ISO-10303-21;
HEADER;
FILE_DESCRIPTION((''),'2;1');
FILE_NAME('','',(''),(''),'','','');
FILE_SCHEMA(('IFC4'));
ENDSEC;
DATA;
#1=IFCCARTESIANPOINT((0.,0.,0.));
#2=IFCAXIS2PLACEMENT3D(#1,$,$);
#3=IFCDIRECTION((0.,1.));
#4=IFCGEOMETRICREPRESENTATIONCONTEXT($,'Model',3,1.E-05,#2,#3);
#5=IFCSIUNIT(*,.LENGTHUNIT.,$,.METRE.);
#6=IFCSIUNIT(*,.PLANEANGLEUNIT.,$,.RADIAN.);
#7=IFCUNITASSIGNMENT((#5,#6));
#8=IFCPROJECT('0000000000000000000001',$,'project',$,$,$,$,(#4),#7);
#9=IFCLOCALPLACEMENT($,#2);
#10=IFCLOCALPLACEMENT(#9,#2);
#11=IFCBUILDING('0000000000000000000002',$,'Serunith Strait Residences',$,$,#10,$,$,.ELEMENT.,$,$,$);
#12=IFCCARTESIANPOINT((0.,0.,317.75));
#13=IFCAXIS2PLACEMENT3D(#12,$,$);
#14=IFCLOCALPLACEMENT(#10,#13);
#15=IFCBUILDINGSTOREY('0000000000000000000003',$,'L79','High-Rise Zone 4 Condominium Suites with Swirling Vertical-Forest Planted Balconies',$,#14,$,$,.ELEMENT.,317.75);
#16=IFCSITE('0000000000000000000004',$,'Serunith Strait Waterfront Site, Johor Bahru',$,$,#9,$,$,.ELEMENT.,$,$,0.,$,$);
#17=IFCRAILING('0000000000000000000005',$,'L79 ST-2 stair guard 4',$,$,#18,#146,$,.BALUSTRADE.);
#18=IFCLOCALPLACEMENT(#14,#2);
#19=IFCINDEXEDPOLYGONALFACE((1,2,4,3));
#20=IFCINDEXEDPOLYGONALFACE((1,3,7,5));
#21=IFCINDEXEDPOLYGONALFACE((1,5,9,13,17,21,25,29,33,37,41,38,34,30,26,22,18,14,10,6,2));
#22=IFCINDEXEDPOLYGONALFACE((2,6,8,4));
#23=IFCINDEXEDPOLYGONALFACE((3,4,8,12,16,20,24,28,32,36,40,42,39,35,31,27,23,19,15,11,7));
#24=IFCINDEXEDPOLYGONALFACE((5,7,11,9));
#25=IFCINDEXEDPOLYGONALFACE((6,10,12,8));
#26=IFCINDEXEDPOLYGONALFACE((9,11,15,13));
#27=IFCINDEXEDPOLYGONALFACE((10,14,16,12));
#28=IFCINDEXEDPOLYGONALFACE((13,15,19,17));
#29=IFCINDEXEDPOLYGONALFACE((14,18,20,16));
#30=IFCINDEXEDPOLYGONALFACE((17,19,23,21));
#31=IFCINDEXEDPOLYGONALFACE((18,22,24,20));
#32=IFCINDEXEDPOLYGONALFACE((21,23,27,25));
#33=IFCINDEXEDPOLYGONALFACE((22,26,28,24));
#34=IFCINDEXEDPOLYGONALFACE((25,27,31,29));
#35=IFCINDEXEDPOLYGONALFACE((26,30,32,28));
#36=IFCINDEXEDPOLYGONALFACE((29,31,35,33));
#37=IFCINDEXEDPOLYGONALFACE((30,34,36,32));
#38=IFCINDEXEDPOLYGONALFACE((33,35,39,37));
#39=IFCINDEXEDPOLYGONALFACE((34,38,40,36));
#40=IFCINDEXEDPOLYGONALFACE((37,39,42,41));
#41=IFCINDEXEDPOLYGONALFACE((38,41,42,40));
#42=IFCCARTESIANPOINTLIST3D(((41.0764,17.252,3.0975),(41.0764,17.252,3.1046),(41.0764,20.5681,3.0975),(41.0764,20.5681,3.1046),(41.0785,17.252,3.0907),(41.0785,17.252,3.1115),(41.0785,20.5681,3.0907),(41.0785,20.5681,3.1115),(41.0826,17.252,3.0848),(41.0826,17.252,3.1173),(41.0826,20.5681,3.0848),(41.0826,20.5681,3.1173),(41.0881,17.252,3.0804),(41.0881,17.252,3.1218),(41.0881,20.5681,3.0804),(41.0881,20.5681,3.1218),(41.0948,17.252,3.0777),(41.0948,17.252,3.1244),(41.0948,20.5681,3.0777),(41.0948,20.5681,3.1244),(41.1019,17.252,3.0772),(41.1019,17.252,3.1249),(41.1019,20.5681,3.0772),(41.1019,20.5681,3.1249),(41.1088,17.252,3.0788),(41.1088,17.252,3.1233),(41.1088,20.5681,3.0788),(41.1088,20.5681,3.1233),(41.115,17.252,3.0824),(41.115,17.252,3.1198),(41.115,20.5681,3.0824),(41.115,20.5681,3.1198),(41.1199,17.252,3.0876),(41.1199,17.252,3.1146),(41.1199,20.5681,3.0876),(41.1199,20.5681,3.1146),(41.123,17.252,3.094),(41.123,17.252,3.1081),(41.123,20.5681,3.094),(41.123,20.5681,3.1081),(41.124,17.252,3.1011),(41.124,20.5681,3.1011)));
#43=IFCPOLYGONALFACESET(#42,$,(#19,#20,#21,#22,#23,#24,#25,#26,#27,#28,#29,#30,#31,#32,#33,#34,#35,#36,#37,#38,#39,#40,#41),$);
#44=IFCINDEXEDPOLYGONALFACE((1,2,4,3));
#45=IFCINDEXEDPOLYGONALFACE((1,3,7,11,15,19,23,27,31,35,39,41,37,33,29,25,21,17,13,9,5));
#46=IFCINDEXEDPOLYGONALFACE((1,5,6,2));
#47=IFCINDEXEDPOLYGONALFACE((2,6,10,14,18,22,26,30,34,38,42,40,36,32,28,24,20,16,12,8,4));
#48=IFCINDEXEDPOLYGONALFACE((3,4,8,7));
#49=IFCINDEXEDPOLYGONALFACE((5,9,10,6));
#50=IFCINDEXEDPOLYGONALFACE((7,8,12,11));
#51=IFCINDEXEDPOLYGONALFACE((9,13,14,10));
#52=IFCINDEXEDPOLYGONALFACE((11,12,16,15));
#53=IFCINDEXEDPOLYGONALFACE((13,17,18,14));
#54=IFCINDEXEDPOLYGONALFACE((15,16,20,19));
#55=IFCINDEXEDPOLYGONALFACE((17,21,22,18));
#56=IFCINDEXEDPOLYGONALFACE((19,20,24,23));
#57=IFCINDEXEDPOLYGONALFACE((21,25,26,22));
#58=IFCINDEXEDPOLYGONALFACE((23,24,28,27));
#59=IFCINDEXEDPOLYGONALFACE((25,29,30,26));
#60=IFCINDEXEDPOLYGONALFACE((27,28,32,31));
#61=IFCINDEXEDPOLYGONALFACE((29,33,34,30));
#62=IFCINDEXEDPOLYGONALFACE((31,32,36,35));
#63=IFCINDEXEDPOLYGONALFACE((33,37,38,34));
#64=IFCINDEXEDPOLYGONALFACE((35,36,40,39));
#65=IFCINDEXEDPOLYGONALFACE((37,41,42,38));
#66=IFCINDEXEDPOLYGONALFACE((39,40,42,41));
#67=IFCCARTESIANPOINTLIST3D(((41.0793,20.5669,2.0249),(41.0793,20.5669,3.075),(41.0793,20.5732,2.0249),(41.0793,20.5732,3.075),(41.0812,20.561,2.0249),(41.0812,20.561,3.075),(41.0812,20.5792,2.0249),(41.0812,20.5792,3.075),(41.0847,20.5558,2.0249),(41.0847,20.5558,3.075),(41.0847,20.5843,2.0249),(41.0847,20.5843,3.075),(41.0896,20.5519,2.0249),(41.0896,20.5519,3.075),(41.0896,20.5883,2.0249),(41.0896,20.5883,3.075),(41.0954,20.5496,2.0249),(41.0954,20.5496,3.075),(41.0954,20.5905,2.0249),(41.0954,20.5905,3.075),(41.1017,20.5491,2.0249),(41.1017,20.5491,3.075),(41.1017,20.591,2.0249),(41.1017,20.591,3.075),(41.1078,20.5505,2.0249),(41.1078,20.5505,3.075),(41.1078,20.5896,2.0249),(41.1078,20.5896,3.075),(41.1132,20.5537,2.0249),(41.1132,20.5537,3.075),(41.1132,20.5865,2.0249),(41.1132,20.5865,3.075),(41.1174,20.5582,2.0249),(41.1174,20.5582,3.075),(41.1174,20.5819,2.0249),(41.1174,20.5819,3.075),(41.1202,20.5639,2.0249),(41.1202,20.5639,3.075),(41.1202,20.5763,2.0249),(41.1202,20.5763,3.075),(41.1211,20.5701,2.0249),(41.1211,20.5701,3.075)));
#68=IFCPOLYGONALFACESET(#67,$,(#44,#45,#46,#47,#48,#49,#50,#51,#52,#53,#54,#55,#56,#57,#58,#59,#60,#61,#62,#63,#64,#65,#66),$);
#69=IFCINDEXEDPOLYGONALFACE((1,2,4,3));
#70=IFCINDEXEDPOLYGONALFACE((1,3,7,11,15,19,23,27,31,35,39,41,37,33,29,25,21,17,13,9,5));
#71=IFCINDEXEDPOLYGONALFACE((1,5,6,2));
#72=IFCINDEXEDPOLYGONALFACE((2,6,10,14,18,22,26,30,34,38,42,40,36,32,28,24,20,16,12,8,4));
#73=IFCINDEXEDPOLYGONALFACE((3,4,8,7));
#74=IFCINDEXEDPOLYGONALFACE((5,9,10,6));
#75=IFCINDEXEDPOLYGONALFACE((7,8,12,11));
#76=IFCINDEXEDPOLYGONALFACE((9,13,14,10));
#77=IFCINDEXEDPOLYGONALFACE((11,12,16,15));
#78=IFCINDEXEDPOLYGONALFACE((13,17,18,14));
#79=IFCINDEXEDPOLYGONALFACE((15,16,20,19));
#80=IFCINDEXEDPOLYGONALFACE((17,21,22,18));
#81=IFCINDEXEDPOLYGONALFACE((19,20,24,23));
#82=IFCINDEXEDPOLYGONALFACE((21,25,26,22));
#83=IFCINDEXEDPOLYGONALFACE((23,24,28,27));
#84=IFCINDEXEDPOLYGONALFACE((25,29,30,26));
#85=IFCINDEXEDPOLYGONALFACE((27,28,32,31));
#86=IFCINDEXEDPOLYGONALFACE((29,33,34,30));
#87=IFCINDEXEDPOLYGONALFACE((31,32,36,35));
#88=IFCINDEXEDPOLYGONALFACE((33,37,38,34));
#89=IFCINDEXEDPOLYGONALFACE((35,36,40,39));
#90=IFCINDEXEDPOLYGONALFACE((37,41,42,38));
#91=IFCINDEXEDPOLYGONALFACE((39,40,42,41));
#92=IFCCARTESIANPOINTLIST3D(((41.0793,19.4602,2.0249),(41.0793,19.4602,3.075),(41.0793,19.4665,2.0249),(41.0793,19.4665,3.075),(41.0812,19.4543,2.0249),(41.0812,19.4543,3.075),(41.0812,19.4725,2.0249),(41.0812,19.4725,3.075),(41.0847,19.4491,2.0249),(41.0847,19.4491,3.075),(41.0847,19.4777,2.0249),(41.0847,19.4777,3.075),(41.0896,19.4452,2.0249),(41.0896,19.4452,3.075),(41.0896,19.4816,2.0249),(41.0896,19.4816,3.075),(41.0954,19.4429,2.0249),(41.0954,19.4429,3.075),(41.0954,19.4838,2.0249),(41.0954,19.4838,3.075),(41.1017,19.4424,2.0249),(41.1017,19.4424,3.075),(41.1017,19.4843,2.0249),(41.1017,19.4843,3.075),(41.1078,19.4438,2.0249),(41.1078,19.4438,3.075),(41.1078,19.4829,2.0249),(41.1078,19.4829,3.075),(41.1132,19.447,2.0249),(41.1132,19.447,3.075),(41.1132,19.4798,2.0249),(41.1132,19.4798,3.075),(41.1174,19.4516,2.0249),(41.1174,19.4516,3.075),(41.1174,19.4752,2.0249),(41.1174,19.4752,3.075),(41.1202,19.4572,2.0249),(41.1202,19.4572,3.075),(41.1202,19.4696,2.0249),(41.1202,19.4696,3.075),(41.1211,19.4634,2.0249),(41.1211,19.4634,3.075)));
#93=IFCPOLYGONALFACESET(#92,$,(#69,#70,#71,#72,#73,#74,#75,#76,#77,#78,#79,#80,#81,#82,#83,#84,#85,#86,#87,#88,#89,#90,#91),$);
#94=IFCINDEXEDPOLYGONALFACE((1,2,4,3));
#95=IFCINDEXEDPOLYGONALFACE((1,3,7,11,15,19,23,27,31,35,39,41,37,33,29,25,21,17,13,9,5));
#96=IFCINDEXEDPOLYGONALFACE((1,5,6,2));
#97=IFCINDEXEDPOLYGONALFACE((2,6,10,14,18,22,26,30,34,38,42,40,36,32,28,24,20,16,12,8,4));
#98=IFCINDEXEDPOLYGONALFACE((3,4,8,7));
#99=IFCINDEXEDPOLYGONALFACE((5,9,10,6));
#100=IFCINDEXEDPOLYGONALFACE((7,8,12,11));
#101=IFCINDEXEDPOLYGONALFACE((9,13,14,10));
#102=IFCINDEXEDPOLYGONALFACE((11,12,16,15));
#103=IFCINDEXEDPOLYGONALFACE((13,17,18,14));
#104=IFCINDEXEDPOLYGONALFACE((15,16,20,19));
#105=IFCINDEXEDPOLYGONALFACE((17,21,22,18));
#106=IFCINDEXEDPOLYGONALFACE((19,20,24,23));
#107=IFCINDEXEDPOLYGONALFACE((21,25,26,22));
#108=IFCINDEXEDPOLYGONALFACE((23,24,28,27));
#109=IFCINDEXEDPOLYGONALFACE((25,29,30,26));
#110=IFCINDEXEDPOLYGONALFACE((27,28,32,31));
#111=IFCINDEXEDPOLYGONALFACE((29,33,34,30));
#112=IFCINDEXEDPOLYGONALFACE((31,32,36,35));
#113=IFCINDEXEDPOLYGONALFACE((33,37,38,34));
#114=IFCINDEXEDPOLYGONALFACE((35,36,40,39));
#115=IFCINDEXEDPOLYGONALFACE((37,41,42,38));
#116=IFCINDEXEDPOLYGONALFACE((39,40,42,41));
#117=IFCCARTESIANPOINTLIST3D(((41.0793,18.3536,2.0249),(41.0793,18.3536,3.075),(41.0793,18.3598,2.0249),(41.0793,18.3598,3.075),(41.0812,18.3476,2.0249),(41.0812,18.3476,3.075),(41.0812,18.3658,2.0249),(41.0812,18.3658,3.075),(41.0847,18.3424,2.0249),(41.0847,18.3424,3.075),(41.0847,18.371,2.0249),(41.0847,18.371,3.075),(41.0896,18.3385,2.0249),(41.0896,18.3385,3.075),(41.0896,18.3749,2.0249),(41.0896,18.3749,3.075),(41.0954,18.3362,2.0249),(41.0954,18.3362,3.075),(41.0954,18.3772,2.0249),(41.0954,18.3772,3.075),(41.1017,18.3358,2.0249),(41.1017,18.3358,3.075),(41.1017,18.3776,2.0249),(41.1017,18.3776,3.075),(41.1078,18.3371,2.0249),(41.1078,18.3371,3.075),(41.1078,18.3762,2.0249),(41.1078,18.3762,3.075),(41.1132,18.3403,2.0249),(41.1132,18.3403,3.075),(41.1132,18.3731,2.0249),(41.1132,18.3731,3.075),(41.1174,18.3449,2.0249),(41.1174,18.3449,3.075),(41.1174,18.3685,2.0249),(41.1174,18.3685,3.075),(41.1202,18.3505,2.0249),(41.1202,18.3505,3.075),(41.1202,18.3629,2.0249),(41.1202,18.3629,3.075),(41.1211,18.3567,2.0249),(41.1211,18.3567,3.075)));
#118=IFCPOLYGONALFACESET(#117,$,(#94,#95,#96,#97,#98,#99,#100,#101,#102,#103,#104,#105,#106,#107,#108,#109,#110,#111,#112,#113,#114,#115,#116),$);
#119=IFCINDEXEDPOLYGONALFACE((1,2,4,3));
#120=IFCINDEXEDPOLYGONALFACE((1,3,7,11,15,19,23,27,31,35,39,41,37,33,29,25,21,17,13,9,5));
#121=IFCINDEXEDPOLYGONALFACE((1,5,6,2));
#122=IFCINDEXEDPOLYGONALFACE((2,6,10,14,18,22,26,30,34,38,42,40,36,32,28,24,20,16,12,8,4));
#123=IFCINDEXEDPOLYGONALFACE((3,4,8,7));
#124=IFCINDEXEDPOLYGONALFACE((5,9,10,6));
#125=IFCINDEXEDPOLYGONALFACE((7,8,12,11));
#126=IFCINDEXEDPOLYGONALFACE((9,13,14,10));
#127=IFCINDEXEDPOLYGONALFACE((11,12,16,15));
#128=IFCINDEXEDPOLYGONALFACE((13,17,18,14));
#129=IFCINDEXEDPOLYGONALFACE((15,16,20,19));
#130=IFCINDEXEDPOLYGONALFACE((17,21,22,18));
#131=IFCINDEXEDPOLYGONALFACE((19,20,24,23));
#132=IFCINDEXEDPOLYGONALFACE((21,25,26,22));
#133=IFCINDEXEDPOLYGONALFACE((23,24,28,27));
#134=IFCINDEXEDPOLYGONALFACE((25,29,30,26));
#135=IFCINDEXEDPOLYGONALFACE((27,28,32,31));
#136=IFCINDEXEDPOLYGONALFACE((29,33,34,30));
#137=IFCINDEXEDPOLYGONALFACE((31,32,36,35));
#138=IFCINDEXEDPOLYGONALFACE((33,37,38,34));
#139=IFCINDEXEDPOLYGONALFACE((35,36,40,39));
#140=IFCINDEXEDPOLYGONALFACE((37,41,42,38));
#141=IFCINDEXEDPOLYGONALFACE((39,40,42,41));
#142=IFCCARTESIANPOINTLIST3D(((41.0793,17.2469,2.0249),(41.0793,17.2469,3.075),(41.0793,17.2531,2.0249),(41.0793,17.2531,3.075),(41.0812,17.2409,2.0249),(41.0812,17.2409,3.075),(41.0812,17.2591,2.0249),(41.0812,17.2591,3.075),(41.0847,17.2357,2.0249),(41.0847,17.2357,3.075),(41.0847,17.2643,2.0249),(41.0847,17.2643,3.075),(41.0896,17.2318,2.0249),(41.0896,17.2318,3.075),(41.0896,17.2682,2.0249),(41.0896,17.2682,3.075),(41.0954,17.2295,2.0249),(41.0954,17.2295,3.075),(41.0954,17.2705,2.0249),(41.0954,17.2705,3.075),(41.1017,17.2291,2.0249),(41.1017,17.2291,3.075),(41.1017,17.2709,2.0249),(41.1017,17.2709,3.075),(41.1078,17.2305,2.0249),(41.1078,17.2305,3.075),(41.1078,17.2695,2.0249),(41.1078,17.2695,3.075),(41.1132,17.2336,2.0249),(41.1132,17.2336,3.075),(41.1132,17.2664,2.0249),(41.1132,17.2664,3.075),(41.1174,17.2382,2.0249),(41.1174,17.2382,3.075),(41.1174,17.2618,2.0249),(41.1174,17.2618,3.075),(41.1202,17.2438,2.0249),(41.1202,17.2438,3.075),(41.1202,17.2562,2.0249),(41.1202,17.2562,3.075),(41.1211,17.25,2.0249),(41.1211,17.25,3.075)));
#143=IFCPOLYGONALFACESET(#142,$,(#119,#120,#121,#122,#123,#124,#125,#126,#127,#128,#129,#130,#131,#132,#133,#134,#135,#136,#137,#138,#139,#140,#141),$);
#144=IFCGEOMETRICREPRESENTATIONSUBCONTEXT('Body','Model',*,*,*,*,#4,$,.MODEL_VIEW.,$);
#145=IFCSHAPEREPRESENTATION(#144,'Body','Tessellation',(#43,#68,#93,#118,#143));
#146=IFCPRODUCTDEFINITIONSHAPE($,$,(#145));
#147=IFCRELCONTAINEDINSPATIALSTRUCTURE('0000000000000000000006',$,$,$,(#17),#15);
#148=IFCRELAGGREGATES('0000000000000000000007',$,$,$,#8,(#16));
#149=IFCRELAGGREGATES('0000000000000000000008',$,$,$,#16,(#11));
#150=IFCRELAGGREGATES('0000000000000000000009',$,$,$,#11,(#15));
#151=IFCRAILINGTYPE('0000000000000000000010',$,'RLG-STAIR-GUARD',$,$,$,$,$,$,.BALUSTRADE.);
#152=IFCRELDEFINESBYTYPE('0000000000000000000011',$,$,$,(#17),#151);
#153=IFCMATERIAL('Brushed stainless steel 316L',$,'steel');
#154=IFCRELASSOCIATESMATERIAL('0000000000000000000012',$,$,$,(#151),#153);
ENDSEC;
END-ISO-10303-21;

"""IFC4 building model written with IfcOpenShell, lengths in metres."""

from ifc_helpers import new_model, si_unit, direction, frame, origin, origin_2d, place, context, subcontext, project, spatial, circle, extrude, material, type_object, element, save


model = new_model("IFC4")

# Units and contexts
model_context = context("Model", 3, precision=1e-05, world=origin(), true_north=direction((0.0, 1.0)))
body_context = subcontext(model_context, "Body", "Model", "MODEL_VIEW")
ifc_project = project(units=[si_unit("LENGTHUNIT", "METRE"), si_unit("PLANEANGLEUNIT", "RADIAN")], contexts=[model_context])

# Site, building, storey
site_placement = place(None, origin())
site = spatial("IfcSite", under=ifc_project, at=site_placement, Name="Serunith Strait Waterfront Site, Johor Bahru", CompositionType="ELEMENT", RefElevation=0.0)
building_placement = place(site_placement, origin())
building = spatial("IfcBuilding", under=site, at=building_placement, Name="Serunith Strait Residences", CompositionType="ELEMENT")
storey_placement = place(building_placement, frame((0.0, 0.0, 317.75)))
storey = spatial("IfcBuildingStorey", under=building, at=storey_placement, Name="L79", Description="High-Rise Zone 4 Condominium Suites with Swirling Vertical-Forest Planted Balconies", CompositionType="ELEMENT", Elevation=317.75)

# Railing
ifc_material_1 = material(Name="Brushed stainless steel 316L", Category="steel")
railing_type_1 = type_object("IfcRailingType", Name="RLG-STAIR-GUARD", PredefinedType="BALUSTRADE", material=ifc_material_1)
for number, where, name in (
    (1, (41.1001, 20.5701, 2.0249), "L79 ST-2 stair guard 4"),
):
    element("IfcRailing", number, at=place(storey_placement, frame(where)), inside=storey, type_object=railing_type_1, Name=name, PredefinedType="BALUSTRADE", context=body_context, shape_type="SweptSolid", body=[
        extrude(circle(Radius=0.0239, at=origin_2d()), frame((0.0, -0.002, 1.0762), z_axis=(0.0, -1.0, 0.0), x_axis=(1.0, 0.0, 0.0)), (0.0, 0.0, 1.0), 3.3162),
        extrude(circle(Radius=0.021, at=origin_2d()), origin(), (0.0, 0.0, 1.0), 1.05),
        extrude(circle(Radius=0.021, at=origin_2d()), frame((0.0, -1.1067, 0.0)), (0.0, 0.0, 1.0), 1.05),
        extrude(circle(Radius=0.021, at=origin_2d()), frame((0.0, -2.2134, 0.0)), (0.0, 0.0, 1.0), 1.05),
        extrude(circle(Radius=0.021, at=origin_2d()), frame((0.0, -3.3201, 0.0)), (0.0, 0.0, 1.0), 1.05),
    ])

save(model, "model.ifc")
